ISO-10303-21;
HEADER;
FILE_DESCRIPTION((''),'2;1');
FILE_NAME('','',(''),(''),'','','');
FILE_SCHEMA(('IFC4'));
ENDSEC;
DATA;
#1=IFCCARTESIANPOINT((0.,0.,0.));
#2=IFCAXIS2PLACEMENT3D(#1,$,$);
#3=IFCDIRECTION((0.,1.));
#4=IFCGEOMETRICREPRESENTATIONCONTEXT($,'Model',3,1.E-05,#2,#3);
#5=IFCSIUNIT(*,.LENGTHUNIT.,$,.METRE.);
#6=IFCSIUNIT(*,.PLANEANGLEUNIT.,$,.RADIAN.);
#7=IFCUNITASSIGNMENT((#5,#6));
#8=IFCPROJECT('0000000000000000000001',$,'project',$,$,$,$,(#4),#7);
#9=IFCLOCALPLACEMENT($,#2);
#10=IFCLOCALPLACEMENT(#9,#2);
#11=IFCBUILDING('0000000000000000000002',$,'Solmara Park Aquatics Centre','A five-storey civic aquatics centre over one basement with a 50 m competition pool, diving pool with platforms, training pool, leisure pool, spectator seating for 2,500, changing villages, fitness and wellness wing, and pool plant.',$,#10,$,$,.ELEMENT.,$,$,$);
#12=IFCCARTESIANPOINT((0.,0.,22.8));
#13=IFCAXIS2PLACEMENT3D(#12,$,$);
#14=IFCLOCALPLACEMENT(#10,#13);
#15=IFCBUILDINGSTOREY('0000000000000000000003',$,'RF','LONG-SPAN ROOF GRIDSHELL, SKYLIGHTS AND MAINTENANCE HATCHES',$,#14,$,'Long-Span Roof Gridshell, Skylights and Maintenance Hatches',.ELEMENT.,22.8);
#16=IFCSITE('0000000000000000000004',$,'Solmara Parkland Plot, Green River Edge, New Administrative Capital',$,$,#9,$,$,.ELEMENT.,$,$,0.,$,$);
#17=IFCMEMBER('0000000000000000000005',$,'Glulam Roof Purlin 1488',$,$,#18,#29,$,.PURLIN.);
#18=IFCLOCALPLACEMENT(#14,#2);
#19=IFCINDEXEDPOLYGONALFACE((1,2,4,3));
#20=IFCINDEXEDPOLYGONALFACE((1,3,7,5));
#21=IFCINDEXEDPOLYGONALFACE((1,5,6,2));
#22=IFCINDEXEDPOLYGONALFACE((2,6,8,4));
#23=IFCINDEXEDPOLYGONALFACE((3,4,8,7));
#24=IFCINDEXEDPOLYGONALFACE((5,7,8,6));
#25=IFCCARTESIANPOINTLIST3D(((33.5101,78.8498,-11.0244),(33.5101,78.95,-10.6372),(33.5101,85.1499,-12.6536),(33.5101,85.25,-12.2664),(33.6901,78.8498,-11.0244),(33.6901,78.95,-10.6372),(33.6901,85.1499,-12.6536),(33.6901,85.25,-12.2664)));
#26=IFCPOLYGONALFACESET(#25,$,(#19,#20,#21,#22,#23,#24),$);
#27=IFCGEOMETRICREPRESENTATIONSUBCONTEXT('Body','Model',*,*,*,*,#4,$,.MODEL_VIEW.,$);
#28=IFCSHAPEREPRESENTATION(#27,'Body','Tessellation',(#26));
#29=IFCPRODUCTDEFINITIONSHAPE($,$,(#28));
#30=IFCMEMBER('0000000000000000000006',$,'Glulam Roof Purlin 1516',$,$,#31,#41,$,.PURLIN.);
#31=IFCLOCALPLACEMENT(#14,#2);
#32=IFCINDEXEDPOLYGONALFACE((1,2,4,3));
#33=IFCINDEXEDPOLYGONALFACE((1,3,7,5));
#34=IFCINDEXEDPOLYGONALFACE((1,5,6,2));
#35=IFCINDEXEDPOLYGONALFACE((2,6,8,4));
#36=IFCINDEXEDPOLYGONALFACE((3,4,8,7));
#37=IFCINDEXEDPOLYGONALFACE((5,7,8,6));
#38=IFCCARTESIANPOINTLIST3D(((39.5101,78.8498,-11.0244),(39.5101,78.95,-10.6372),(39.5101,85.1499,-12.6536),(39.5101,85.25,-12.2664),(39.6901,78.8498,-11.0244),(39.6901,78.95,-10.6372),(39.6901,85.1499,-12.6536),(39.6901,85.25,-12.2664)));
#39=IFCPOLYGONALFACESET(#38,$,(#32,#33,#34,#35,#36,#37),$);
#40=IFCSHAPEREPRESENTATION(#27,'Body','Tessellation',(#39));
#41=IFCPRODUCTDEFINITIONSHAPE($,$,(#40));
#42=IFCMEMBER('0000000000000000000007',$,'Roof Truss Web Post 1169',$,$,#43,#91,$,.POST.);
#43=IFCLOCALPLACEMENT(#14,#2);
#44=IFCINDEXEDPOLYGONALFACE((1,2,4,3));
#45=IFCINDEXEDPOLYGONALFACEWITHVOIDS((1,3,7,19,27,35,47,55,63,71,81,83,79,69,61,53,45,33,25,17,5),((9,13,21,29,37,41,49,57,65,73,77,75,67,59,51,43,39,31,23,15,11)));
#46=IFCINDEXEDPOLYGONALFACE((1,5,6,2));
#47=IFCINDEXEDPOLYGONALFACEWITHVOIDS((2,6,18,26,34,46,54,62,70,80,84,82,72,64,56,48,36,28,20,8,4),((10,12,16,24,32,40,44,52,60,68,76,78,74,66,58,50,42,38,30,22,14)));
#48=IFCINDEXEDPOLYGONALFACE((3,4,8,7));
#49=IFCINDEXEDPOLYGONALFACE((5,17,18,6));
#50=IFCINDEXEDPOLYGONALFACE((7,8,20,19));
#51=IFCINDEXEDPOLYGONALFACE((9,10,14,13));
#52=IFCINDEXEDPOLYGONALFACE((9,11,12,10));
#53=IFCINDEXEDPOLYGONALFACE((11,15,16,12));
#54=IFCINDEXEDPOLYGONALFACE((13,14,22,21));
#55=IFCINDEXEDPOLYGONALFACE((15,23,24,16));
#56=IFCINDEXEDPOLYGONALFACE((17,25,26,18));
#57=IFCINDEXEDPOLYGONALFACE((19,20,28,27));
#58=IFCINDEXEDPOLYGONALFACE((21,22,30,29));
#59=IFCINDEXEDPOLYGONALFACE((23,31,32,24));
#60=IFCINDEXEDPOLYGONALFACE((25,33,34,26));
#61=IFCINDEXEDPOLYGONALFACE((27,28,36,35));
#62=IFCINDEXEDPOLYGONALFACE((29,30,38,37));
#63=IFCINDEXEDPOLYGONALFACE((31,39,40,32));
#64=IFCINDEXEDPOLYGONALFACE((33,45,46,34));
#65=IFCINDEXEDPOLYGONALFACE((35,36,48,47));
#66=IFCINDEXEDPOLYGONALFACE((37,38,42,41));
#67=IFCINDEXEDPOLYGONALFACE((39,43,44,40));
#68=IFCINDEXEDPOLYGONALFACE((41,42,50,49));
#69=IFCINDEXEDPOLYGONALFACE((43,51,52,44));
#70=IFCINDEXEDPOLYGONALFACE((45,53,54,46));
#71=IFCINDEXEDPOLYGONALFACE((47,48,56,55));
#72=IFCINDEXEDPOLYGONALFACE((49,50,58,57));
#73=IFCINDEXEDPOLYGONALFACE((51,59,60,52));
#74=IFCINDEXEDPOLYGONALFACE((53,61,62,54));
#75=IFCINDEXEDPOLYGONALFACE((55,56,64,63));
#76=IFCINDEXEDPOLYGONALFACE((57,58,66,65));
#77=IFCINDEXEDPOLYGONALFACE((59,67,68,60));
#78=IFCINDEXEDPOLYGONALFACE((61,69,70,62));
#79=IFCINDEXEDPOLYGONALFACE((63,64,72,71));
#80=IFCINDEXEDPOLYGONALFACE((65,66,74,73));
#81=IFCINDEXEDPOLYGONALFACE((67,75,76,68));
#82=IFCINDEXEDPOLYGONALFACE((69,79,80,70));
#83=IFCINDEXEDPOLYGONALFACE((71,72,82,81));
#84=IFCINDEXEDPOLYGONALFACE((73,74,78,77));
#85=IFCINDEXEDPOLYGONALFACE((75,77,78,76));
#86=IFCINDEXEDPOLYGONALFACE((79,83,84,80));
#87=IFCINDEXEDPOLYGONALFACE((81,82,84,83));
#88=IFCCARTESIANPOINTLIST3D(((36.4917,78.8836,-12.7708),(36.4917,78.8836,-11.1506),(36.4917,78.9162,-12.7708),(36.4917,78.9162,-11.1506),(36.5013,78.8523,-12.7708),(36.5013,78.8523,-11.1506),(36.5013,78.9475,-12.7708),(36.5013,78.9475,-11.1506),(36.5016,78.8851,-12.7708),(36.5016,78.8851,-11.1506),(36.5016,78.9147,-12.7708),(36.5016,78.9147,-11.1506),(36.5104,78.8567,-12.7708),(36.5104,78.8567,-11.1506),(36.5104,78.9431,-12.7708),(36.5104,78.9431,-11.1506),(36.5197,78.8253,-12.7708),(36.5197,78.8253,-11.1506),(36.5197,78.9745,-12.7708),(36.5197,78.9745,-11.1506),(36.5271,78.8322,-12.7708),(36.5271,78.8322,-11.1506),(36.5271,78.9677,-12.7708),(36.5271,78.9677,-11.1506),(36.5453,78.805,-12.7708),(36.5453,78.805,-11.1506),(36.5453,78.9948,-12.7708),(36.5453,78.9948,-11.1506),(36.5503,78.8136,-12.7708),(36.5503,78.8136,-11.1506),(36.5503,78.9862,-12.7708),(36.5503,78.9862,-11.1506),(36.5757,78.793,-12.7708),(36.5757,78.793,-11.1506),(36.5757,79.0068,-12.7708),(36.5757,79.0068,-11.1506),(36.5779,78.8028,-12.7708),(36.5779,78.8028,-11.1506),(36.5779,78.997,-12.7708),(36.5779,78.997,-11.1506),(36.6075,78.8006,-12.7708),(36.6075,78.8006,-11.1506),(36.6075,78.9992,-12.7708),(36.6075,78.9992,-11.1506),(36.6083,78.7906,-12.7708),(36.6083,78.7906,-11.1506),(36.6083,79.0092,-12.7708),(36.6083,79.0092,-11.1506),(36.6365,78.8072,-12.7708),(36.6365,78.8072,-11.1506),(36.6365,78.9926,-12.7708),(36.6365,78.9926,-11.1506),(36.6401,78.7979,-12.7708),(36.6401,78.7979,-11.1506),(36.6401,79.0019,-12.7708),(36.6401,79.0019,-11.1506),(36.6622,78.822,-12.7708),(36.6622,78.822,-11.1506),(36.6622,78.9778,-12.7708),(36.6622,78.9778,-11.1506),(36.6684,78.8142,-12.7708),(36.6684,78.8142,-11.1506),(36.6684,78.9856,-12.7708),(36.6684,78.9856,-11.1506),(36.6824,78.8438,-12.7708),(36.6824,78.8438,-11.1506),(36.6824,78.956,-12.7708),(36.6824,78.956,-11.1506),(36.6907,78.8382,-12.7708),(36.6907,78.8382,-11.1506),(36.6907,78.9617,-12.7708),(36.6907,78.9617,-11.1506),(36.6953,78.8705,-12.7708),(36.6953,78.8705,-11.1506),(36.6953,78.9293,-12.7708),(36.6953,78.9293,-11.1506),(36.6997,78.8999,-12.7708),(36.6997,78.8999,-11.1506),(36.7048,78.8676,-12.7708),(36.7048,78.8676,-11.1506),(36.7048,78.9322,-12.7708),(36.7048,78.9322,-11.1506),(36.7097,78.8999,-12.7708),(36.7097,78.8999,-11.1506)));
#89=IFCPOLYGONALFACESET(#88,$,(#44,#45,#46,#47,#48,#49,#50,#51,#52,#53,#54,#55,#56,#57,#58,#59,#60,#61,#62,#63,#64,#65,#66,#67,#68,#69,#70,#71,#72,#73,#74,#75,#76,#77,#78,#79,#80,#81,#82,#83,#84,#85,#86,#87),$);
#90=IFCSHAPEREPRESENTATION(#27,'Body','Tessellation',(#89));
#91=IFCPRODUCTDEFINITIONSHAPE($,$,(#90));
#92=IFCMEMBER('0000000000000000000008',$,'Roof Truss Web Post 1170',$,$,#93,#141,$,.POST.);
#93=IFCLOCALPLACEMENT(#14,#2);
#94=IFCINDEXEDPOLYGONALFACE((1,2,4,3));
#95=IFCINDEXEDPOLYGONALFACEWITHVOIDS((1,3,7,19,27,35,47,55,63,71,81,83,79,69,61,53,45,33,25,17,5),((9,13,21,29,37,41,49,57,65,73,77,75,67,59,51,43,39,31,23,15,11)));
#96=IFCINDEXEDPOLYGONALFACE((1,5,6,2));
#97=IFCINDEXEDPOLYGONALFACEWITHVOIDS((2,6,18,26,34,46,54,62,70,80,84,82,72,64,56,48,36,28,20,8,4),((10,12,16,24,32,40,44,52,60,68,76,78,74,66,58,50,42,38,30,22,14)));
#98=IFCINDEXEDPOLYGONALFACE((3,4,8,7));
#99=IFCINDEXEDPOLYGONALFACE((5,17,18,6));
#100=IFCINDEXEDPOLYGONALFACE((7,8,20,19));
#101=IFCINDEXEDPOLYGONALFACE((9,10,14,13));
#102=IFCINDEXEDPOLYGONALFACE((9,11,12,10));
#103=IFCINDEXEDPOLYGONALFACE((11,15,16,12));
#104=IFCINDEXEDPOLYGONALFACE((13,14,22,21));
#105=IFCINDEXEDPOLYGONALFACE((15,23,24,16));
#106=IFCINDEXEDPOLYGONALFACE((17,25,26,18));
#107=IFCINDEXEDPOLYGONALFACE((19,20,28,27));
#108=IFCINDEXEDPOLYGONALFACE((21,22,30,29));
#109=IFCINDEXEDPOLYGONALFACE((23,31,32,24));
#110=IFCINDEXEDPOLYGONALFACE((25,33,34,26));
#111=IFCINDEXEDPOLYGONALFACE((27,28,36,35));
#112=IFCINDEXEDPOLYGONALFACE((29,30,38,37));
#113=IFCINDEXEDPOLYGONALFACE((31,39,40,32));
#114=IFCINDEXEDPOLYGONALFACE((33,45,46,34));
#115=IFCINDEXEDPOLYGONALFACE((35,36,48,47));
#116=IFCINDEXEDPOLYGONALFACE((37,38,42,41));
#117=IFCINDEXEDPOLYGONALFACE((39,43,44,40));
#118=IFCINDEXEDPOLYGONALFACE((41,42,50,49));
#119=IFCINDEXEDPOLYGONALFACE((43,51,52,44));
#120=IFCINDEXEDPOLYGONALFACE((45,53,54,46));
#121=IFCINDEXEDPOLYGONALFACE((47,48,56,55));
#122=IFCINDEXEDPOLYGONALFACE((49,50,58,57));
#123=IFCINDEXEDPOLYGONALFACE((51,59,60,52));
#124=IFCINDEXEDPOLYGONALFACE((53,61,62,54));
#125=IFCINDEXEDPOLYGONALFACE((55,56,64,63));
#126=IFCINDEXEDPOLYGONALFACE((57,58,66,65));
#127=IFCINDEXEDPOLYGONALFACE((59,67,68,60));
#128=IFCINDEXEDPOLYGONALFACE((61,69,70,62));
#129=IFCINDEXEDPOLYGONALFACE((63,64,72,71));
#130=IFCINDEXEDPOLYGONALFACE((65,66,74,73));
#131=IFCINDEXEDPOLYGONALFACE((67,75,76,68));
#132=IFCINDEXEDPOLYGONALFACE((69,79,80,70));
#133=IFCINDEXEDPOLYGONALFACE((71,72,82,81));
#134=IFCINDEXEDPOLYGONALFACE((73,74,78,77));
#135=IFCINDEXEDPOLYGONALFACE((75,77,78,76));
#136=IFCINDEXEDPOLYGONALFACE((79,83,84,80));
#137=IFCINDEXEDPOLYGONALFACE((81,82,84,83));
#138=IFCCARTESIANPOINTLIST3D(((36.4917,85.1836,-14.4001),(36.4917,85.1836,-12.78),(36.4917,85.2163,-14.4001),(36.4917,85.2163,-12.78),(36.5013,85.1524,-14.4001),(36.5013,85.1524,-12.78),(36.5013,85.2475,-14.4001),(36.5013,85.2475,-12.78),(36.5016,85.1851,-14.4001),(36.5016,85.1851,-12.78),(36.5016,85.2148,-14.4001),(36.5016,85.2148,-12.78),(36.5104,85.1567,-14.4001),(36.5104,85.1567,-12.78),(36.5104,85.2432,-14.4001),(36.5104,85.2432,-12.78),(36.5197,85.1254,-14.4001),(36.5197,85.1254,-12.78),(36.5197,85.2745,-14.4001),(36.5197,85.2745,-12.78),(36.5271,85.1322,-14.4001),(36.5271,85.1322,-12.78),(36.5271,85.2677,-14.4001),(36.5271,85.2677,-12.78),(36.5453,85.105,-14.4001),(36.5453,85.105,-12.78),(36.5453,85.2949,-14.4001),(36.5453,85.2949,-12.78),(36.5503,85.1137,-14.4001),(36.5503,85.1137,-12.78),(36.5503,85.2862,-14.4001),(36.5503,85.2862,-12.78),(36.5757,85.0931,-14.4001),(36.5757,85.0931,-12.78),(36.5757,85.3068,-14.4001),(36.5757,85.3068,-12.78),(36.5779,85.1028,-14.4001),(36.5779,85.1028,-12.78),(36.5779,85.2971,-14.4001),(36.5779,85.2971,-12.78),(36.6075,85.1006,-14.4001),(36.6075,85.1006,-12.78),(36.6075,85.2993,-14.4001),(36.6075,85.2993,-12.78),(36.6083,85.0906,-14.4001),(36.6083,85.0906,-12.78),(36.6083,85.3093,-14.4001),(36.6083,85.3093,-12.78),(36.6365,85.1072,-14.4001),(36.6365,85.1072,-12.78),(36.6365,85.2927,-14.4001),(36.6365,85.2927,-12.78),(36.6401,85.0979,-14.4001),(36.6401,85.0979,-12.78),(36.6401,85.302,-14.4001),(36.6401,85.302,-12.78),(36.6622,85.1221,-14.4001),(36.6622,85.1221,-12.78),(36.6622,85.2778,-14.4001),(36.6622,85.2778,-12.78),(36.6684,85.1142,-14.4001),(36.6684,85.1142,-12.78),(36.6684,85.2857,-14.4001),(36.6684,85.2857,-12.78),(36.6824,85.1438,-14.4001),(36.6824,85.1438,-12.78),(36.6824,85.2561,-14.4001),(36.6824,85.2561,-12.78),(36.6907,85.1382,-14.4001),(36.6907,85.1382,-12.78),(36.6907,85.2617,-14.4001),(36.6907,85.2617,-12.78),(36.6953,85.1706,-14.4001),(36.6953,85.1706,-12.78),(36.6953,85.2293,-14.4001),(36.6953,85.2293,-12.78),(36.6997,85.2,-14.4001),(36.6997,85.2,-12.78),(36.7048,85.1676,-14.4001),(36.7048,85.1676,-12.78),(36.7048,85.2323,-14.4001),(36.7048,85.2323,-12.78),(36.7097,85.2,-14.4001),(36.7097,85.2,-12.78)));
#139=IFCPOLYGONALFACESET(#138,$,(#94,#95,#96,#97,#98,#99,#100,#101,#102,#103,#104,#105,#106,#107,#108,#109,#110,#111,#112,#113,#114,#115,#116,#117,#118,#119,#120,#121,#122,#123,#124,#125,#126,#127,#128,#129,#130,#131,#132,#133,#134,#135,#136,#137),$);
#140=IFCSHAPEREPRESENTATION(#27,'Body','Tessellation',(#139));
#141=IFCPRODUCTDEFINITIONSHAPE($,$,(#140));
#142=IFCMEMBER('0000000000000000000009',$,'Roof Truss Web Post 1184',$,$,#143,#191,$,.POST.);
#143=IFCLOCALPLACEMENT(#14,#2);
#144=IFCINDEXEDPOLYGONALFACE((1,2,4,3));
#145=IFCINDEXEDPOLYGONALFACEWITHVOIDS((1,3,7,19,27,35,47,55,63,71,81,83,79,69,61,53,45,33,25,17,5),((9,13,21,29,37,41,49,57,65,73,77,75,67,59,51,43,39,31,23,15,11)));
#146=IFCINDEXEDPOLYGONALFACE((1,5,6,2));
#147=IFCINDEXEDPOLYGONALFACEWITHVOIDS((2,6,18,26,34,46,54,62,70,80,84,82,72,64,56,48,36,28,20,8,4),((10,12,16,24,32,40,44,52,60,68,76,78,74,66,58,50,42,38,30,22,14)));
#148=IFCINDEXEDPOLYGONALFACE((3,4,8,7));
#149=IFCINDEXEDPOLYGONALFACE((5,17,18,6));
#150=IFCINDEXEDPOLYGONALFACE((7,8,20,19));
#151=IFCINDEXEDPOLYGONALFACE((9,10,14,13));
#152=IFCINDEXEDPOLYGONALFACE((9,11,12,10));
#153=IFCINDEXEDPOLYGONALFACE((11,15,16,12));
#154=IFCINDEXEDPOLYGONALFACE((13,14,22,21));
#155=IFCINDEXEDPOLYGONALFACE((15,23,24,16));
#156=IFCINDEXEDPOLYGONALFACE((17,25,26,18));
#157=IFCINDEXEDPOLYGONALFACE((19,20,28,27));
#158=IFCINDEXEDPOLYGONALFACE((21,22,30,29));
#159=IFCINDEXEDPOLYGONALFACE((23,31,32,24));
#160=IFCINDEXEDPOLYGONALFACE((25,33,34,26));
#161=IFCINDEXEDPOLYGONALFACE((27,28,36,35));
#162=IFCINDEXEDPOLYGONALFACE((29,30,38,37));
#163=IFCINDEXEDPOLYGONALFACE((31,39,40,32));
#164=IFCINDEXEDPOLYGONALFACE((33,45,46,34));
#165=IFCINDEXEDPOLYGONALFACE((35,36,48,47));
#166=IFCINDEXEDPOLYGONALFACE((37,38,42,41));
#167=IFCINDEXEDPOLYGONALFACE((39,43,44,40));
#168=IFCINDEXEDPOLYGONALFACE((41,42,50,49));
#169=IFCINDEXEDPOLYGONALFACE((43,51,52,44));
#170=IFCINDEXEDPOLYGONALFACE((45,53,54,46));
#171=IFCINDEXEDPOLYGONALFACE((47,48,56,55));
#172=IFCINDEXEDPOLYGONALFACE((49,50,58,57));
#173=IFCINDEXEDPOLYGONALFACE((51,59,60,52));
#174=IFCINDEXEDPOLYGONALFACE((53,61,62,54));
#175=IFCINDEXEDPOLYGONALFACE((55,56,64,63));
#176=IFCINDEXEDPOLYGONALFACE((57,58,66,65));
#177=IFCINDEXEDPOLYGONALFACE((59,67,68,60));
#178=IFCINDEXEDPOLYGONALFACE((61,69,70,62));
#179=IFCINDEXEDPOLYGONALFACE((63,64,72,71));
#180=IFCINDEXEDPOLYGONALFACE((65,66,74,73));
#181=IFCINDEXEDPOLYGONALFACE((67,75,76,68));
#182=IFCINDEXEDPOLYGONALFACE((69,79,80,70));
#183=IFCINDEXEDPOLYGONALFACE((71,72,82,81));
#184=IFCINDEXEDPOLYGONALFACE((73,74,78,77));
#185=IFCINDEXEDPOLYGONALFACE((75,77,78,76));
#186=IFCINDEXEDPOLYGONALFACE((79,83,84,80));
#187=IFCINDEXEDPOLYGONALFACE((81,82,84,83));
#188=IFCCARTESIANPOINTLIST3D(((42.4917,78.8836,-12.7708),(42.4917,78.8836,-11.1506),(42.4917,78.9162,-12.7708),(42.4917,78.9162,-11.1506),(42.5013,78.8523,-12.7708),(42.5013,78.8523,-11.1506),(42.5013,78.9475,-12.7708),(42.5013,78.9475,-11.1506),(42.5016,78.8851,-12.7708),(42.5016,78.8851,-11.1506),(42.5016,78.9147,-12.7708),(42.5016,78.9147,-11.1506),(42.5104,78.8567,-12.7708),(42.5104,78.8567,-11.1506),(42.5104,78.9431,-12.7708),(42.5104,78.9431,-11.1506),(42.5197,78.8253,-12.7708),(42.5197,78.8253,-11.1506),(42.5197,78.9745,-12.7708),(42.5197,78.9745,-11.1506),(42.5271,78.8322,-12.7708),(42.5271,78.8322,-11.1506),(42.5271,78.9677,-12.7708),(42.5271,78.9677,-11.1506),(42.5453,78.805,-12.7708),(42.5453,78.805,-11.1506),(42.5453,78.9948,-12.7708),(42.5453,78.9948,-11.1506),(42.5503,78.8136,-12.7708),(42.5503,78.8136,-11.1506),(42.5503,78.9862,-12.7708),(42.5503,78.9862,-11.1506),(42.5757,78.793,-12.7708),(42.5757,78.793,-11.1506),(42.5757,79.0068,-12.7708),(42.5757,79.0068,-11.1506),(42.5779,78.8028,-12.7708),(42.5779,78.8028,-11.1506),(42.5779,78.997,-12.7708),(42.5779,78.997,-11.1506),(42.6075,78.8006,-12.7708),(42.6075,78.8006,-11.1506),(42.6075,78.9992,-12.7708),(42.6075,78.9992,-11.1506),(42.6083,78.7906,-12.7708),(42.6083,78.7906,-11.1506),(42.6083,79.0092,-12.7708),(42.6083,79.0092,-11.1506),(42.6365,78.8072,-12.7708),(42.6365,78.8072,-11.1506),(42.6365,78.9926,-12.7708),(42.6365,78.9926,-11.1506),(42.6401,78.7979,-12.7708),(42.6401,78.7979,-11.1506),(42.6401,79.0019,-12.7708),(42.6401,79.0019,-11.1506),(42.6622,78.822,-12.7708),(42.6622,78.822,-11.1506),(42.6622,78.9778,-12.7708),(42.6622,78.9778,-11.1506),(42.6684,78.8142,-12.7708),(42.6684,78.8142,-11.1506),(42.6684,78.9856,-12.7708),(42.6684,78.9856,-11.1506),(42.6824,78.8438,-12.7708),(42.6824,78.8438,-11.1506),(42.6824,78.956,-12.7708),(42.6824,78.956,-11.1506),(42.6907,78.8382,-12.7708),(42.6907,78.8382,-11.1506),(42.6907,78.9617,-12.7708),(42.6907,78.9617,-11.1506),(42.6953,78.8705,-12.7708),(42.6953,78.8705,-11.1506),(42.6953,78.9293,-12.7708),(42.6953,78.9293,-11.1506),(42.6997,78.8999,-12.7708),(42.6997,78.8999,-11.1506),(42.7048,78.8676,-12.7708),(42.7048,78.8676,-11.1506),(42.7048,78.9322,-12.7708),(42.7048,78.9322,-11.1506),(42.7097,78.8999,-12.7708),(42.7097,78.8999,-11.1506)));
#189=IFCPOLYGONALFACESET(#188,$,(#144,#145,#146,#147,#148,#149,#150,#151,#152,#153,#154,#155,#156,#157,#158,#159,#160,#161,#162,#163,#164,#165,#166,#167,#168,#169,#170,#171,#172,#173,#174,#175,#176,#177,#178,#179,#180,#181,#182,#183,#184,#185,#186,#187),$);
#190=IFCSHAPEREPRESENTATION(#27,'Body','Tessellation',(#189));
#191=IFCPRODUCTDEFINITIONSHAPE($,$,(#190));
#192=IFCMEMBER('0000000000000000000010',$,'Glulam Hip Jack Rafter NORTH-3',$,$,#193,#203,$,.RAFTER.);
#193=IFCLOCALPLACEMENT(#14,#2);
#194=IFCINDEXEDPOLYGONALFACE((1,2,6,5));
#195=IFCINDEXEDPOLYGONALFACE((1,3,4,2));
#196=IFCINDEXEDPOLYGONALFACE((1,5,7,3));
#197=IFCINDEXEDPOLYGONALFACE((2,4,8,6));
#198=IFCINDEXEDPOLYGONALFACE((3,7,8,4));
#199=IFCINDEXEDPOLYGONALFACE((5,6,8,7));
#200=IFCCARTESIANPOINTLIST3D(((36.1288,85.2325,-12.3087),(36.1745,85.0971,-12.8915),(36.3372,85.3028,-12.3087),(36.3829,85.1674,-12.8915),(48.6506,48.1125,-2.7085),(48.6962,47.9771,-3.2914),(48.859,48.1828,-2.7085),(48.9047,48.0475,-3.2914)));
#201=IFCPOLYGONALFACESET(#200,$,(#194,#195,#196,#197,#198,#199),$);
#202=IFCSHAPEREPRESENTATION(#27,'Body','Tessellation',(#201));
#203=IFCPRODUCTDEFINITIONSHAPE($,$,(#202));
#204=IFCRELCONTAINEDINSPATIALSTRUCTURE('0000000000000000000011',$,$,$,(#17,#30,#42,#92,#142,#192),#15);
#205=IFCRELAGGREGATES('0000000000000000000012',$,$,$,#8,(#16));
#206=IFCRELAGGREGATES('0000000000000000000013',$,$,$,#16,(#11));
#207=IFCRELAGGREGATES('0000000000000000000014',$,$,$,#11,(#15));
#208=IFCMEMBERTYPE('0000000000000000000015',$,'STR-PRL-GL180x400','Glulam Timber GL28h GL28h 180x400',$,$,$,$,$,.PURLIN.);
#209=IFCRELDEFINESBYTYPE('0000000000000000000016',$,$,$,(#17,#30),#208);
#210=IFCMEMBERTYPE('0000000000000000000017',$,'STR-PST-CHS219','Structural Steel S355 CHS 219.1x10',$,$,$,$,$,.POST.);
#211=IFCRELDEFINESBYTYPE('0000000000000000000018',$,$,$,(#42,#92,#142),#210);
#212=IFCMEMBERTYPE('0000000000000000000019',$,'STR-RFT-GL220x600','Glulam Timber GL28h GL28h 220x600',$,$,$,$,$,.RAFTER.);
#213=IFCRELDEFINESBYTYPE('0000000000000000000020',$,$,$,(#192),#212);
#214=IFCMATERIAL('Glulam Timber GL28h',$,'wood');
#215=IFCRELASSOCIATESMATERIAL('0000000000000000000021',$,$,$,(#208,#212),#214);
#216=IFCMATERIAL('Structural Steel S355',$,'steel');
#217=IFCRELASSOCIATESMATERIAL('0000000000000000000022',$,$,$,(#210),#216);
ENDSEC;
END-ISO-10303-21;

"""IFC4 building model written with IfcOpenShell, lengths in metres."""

from ifc_helpers import new_model, si_unit, direction, frame, origin, origin_2d, place, context, subcontext, project, spatial, rectangle, hollow_circle, extrude, material, material_profile, profile_set, type_object, element, save


model = new_model("IFC4")

# Units and contexts
model_context = context("Model", 3, precision=1e-05, world=origin(), true_north=direction((0.0, 1.0)))
body_context = subcontext(model_context, "Body", "Model", "MODEL_VIEW")
ifc_project = project(units=[si_unit("LENGTHUNIT", "METRE"), si_unit("PLANEANGLEUNIT", "RADIAN")], contexts=[model_context])

# Site, building, storey
site_placement = place(None, origin())
site = spatial("IfcSite", under=ifc_project, at=site_placement, Name="Solmara Parkland Plot, Green River Edge, New Administrative Capital", CompositionType="ELEMENT", RefElevation=0.0)
building_placement = place(site_placement, origin())
building = spatial("IfcBuilding", under=site, at=building_placement, Name="Solmara Park Aquatics Centre", Description="A five-storey civic aquatics centre over one basement with a 50 m competition pool, diving pool with platforms, training pool, leisure pool, spectator seating for 2,500, changing villages, fitness and wellness wing, and pool plant.", CompositionType="ELEMENT")
storey_placement = place(building_placement, frame((0.0, 0.0, 22.8)))
storey = spatial("IfcBuildingStorey", under=building, at=storey_placement, Name="RF", Description="LONG-SPAN ROOF GRIDSHELL, SKYLIGHTS AND MAINTENANCE HATCHES", LongName="Long-Span Roof Gridshell, Skylights and Maintenance Hatches", CompositionType="ELEMENT", Elevation=22.8)

# Members
ifc_material_1 = material(Name="Structural Steel S355", Category="steel")
ifc_material_2 = material(Name="Glulam Timber GL28h", Category="wood")
ifc_material_profile_1 = material_profile(ifc_material_2, rectangle(XDim=0.1799, YDim=0.3999, at=origin_2d()), Name="GL28h 180x400")
ifc_profile_set_1 = profile_set([ifc_material_profile_1], Name="Glulam Timber GL28h")
member_type_1 = type_object("IfcMemberType", Name="STR-PRL-GL180x400", Description="Glulam Timber GL28h GL28h 180x400", PredefinedType="PURLIN", material=ifc_profile_set_1)
for number, where, z_axis, x_axis, name in (
    (1, (33.6001, 78.8999, -10.8308), (0.0, 0.968153, -0.250358), (-1.0, 0.0, 0.0), "Glulam Roof Purlin 1488"),
    (2, (39.6001, 78.8999, -10.8308), (0.0, 0.968153, -0.250358), (-1.0, 0.0, 0.0), "Glulam Roof Purlin 1516"),
):
    element("IfcMember", number, at=place(storey_placement, frame(where, z_axis=z_axis, x_axis=x_axis)), inside=storey, type_object=member_type_1, Name=name, PredefinedType="PURLIN", context=body_context, shape_type="SweptSolid", body=[
        extrude(rectangle(XDim=0.1799, YDim=0.3999, at=origin_2d()), origin(), (0.0, 0.0, 1.0), 6.5073),
    ])
ifc_material_profile_2 = material_profile(ifc_material_1, hollow_circle(Radius=0.1096, WallThickness=0.01, at=origin_2d()), Name="CHS 219.1x10")
ifc_profile_set_2 = profile_set([ifc_material_profile_2], Name="Structural Steel S355")
member_type_2 = type_object("IfcMemberType", Name="STR-PST-CHS219", Description="Structural Steel S355 CHS 219.1x10", PredefinedType="POST", material=ifc_profile_set_2)
for number, where, z_axis, x_axis, name in (
    (3, (36.6001, 78.8999, -12.7708), (0.0, 0.0, 1.0), (1.0, 0.0, 0.0), "Roof Truss Web Post 1169"),
    (4, (36.6001, 85.2, -14.4001), (0.0, 0.0, 1.0), (1.0, 0.0, 0.0), "Roof Truss Web Post 1170"),
    (5, (42.6001, 78.8999, -12.7708), (0.0, 0.0, 1.0), (1.0, 0.0, 0.0), "Roof Truss Web Post 1184"),
):
    element("IfcMember", number, at=place(storey_placement, frame(where, z_axis=z_axis, x_axis=x_axis)), inside=storey, type_object=member_type_2, Name=name, PredefinedType="POST", context=body_context, shape_type="SweptSolid", body=[
        extrude(hollow_circle(Radius=0.1096, WallThickness=0.01, at=origin_2d()), origin(), (0.0, 0.0, 1.0), 1.6201),
    ])
ifc_material_profile_3 = material_profile(ifc_material_2, rectangle(XDim=0.22, YDim=0.6001, at=origin_2d()), Name="GL28h 220x600")
ifc_profile_set_3 = profile_set([ifc_material_profile_3], Name="Glulam Timber GL28h")
member_type_3 = type_object("IfcMemberType", Name="STR-RFT-GL220x600", Description="Glulam Timber GL28h GL28h 220x600", PredefinedType="RAFTER", material=ifc_profile_set_3)
member_1_placement = place(storey_placement, frame((36.2559, 85.2, -12.6001), z_axis=(0.31045, -0.92031, 0.238014), x_axis=(0.94754, 0.319636, 0.0)))
element("IfcMember", 6, at=member_1_placement, inside=storey, type_object=member_type_3, Name="Glulam Hip Jack Rafter NORTH-3", PredefinedType="RAFTER", context=body_context, shape_type="SweptSolid", body=[
    extrude(rectangle(XDim=0.22, YDim=0.6001, at=origin_2d()), origin(), (0.0, 0.0, 1.0), 40.3342),
])

save(model, "model.ifc")
